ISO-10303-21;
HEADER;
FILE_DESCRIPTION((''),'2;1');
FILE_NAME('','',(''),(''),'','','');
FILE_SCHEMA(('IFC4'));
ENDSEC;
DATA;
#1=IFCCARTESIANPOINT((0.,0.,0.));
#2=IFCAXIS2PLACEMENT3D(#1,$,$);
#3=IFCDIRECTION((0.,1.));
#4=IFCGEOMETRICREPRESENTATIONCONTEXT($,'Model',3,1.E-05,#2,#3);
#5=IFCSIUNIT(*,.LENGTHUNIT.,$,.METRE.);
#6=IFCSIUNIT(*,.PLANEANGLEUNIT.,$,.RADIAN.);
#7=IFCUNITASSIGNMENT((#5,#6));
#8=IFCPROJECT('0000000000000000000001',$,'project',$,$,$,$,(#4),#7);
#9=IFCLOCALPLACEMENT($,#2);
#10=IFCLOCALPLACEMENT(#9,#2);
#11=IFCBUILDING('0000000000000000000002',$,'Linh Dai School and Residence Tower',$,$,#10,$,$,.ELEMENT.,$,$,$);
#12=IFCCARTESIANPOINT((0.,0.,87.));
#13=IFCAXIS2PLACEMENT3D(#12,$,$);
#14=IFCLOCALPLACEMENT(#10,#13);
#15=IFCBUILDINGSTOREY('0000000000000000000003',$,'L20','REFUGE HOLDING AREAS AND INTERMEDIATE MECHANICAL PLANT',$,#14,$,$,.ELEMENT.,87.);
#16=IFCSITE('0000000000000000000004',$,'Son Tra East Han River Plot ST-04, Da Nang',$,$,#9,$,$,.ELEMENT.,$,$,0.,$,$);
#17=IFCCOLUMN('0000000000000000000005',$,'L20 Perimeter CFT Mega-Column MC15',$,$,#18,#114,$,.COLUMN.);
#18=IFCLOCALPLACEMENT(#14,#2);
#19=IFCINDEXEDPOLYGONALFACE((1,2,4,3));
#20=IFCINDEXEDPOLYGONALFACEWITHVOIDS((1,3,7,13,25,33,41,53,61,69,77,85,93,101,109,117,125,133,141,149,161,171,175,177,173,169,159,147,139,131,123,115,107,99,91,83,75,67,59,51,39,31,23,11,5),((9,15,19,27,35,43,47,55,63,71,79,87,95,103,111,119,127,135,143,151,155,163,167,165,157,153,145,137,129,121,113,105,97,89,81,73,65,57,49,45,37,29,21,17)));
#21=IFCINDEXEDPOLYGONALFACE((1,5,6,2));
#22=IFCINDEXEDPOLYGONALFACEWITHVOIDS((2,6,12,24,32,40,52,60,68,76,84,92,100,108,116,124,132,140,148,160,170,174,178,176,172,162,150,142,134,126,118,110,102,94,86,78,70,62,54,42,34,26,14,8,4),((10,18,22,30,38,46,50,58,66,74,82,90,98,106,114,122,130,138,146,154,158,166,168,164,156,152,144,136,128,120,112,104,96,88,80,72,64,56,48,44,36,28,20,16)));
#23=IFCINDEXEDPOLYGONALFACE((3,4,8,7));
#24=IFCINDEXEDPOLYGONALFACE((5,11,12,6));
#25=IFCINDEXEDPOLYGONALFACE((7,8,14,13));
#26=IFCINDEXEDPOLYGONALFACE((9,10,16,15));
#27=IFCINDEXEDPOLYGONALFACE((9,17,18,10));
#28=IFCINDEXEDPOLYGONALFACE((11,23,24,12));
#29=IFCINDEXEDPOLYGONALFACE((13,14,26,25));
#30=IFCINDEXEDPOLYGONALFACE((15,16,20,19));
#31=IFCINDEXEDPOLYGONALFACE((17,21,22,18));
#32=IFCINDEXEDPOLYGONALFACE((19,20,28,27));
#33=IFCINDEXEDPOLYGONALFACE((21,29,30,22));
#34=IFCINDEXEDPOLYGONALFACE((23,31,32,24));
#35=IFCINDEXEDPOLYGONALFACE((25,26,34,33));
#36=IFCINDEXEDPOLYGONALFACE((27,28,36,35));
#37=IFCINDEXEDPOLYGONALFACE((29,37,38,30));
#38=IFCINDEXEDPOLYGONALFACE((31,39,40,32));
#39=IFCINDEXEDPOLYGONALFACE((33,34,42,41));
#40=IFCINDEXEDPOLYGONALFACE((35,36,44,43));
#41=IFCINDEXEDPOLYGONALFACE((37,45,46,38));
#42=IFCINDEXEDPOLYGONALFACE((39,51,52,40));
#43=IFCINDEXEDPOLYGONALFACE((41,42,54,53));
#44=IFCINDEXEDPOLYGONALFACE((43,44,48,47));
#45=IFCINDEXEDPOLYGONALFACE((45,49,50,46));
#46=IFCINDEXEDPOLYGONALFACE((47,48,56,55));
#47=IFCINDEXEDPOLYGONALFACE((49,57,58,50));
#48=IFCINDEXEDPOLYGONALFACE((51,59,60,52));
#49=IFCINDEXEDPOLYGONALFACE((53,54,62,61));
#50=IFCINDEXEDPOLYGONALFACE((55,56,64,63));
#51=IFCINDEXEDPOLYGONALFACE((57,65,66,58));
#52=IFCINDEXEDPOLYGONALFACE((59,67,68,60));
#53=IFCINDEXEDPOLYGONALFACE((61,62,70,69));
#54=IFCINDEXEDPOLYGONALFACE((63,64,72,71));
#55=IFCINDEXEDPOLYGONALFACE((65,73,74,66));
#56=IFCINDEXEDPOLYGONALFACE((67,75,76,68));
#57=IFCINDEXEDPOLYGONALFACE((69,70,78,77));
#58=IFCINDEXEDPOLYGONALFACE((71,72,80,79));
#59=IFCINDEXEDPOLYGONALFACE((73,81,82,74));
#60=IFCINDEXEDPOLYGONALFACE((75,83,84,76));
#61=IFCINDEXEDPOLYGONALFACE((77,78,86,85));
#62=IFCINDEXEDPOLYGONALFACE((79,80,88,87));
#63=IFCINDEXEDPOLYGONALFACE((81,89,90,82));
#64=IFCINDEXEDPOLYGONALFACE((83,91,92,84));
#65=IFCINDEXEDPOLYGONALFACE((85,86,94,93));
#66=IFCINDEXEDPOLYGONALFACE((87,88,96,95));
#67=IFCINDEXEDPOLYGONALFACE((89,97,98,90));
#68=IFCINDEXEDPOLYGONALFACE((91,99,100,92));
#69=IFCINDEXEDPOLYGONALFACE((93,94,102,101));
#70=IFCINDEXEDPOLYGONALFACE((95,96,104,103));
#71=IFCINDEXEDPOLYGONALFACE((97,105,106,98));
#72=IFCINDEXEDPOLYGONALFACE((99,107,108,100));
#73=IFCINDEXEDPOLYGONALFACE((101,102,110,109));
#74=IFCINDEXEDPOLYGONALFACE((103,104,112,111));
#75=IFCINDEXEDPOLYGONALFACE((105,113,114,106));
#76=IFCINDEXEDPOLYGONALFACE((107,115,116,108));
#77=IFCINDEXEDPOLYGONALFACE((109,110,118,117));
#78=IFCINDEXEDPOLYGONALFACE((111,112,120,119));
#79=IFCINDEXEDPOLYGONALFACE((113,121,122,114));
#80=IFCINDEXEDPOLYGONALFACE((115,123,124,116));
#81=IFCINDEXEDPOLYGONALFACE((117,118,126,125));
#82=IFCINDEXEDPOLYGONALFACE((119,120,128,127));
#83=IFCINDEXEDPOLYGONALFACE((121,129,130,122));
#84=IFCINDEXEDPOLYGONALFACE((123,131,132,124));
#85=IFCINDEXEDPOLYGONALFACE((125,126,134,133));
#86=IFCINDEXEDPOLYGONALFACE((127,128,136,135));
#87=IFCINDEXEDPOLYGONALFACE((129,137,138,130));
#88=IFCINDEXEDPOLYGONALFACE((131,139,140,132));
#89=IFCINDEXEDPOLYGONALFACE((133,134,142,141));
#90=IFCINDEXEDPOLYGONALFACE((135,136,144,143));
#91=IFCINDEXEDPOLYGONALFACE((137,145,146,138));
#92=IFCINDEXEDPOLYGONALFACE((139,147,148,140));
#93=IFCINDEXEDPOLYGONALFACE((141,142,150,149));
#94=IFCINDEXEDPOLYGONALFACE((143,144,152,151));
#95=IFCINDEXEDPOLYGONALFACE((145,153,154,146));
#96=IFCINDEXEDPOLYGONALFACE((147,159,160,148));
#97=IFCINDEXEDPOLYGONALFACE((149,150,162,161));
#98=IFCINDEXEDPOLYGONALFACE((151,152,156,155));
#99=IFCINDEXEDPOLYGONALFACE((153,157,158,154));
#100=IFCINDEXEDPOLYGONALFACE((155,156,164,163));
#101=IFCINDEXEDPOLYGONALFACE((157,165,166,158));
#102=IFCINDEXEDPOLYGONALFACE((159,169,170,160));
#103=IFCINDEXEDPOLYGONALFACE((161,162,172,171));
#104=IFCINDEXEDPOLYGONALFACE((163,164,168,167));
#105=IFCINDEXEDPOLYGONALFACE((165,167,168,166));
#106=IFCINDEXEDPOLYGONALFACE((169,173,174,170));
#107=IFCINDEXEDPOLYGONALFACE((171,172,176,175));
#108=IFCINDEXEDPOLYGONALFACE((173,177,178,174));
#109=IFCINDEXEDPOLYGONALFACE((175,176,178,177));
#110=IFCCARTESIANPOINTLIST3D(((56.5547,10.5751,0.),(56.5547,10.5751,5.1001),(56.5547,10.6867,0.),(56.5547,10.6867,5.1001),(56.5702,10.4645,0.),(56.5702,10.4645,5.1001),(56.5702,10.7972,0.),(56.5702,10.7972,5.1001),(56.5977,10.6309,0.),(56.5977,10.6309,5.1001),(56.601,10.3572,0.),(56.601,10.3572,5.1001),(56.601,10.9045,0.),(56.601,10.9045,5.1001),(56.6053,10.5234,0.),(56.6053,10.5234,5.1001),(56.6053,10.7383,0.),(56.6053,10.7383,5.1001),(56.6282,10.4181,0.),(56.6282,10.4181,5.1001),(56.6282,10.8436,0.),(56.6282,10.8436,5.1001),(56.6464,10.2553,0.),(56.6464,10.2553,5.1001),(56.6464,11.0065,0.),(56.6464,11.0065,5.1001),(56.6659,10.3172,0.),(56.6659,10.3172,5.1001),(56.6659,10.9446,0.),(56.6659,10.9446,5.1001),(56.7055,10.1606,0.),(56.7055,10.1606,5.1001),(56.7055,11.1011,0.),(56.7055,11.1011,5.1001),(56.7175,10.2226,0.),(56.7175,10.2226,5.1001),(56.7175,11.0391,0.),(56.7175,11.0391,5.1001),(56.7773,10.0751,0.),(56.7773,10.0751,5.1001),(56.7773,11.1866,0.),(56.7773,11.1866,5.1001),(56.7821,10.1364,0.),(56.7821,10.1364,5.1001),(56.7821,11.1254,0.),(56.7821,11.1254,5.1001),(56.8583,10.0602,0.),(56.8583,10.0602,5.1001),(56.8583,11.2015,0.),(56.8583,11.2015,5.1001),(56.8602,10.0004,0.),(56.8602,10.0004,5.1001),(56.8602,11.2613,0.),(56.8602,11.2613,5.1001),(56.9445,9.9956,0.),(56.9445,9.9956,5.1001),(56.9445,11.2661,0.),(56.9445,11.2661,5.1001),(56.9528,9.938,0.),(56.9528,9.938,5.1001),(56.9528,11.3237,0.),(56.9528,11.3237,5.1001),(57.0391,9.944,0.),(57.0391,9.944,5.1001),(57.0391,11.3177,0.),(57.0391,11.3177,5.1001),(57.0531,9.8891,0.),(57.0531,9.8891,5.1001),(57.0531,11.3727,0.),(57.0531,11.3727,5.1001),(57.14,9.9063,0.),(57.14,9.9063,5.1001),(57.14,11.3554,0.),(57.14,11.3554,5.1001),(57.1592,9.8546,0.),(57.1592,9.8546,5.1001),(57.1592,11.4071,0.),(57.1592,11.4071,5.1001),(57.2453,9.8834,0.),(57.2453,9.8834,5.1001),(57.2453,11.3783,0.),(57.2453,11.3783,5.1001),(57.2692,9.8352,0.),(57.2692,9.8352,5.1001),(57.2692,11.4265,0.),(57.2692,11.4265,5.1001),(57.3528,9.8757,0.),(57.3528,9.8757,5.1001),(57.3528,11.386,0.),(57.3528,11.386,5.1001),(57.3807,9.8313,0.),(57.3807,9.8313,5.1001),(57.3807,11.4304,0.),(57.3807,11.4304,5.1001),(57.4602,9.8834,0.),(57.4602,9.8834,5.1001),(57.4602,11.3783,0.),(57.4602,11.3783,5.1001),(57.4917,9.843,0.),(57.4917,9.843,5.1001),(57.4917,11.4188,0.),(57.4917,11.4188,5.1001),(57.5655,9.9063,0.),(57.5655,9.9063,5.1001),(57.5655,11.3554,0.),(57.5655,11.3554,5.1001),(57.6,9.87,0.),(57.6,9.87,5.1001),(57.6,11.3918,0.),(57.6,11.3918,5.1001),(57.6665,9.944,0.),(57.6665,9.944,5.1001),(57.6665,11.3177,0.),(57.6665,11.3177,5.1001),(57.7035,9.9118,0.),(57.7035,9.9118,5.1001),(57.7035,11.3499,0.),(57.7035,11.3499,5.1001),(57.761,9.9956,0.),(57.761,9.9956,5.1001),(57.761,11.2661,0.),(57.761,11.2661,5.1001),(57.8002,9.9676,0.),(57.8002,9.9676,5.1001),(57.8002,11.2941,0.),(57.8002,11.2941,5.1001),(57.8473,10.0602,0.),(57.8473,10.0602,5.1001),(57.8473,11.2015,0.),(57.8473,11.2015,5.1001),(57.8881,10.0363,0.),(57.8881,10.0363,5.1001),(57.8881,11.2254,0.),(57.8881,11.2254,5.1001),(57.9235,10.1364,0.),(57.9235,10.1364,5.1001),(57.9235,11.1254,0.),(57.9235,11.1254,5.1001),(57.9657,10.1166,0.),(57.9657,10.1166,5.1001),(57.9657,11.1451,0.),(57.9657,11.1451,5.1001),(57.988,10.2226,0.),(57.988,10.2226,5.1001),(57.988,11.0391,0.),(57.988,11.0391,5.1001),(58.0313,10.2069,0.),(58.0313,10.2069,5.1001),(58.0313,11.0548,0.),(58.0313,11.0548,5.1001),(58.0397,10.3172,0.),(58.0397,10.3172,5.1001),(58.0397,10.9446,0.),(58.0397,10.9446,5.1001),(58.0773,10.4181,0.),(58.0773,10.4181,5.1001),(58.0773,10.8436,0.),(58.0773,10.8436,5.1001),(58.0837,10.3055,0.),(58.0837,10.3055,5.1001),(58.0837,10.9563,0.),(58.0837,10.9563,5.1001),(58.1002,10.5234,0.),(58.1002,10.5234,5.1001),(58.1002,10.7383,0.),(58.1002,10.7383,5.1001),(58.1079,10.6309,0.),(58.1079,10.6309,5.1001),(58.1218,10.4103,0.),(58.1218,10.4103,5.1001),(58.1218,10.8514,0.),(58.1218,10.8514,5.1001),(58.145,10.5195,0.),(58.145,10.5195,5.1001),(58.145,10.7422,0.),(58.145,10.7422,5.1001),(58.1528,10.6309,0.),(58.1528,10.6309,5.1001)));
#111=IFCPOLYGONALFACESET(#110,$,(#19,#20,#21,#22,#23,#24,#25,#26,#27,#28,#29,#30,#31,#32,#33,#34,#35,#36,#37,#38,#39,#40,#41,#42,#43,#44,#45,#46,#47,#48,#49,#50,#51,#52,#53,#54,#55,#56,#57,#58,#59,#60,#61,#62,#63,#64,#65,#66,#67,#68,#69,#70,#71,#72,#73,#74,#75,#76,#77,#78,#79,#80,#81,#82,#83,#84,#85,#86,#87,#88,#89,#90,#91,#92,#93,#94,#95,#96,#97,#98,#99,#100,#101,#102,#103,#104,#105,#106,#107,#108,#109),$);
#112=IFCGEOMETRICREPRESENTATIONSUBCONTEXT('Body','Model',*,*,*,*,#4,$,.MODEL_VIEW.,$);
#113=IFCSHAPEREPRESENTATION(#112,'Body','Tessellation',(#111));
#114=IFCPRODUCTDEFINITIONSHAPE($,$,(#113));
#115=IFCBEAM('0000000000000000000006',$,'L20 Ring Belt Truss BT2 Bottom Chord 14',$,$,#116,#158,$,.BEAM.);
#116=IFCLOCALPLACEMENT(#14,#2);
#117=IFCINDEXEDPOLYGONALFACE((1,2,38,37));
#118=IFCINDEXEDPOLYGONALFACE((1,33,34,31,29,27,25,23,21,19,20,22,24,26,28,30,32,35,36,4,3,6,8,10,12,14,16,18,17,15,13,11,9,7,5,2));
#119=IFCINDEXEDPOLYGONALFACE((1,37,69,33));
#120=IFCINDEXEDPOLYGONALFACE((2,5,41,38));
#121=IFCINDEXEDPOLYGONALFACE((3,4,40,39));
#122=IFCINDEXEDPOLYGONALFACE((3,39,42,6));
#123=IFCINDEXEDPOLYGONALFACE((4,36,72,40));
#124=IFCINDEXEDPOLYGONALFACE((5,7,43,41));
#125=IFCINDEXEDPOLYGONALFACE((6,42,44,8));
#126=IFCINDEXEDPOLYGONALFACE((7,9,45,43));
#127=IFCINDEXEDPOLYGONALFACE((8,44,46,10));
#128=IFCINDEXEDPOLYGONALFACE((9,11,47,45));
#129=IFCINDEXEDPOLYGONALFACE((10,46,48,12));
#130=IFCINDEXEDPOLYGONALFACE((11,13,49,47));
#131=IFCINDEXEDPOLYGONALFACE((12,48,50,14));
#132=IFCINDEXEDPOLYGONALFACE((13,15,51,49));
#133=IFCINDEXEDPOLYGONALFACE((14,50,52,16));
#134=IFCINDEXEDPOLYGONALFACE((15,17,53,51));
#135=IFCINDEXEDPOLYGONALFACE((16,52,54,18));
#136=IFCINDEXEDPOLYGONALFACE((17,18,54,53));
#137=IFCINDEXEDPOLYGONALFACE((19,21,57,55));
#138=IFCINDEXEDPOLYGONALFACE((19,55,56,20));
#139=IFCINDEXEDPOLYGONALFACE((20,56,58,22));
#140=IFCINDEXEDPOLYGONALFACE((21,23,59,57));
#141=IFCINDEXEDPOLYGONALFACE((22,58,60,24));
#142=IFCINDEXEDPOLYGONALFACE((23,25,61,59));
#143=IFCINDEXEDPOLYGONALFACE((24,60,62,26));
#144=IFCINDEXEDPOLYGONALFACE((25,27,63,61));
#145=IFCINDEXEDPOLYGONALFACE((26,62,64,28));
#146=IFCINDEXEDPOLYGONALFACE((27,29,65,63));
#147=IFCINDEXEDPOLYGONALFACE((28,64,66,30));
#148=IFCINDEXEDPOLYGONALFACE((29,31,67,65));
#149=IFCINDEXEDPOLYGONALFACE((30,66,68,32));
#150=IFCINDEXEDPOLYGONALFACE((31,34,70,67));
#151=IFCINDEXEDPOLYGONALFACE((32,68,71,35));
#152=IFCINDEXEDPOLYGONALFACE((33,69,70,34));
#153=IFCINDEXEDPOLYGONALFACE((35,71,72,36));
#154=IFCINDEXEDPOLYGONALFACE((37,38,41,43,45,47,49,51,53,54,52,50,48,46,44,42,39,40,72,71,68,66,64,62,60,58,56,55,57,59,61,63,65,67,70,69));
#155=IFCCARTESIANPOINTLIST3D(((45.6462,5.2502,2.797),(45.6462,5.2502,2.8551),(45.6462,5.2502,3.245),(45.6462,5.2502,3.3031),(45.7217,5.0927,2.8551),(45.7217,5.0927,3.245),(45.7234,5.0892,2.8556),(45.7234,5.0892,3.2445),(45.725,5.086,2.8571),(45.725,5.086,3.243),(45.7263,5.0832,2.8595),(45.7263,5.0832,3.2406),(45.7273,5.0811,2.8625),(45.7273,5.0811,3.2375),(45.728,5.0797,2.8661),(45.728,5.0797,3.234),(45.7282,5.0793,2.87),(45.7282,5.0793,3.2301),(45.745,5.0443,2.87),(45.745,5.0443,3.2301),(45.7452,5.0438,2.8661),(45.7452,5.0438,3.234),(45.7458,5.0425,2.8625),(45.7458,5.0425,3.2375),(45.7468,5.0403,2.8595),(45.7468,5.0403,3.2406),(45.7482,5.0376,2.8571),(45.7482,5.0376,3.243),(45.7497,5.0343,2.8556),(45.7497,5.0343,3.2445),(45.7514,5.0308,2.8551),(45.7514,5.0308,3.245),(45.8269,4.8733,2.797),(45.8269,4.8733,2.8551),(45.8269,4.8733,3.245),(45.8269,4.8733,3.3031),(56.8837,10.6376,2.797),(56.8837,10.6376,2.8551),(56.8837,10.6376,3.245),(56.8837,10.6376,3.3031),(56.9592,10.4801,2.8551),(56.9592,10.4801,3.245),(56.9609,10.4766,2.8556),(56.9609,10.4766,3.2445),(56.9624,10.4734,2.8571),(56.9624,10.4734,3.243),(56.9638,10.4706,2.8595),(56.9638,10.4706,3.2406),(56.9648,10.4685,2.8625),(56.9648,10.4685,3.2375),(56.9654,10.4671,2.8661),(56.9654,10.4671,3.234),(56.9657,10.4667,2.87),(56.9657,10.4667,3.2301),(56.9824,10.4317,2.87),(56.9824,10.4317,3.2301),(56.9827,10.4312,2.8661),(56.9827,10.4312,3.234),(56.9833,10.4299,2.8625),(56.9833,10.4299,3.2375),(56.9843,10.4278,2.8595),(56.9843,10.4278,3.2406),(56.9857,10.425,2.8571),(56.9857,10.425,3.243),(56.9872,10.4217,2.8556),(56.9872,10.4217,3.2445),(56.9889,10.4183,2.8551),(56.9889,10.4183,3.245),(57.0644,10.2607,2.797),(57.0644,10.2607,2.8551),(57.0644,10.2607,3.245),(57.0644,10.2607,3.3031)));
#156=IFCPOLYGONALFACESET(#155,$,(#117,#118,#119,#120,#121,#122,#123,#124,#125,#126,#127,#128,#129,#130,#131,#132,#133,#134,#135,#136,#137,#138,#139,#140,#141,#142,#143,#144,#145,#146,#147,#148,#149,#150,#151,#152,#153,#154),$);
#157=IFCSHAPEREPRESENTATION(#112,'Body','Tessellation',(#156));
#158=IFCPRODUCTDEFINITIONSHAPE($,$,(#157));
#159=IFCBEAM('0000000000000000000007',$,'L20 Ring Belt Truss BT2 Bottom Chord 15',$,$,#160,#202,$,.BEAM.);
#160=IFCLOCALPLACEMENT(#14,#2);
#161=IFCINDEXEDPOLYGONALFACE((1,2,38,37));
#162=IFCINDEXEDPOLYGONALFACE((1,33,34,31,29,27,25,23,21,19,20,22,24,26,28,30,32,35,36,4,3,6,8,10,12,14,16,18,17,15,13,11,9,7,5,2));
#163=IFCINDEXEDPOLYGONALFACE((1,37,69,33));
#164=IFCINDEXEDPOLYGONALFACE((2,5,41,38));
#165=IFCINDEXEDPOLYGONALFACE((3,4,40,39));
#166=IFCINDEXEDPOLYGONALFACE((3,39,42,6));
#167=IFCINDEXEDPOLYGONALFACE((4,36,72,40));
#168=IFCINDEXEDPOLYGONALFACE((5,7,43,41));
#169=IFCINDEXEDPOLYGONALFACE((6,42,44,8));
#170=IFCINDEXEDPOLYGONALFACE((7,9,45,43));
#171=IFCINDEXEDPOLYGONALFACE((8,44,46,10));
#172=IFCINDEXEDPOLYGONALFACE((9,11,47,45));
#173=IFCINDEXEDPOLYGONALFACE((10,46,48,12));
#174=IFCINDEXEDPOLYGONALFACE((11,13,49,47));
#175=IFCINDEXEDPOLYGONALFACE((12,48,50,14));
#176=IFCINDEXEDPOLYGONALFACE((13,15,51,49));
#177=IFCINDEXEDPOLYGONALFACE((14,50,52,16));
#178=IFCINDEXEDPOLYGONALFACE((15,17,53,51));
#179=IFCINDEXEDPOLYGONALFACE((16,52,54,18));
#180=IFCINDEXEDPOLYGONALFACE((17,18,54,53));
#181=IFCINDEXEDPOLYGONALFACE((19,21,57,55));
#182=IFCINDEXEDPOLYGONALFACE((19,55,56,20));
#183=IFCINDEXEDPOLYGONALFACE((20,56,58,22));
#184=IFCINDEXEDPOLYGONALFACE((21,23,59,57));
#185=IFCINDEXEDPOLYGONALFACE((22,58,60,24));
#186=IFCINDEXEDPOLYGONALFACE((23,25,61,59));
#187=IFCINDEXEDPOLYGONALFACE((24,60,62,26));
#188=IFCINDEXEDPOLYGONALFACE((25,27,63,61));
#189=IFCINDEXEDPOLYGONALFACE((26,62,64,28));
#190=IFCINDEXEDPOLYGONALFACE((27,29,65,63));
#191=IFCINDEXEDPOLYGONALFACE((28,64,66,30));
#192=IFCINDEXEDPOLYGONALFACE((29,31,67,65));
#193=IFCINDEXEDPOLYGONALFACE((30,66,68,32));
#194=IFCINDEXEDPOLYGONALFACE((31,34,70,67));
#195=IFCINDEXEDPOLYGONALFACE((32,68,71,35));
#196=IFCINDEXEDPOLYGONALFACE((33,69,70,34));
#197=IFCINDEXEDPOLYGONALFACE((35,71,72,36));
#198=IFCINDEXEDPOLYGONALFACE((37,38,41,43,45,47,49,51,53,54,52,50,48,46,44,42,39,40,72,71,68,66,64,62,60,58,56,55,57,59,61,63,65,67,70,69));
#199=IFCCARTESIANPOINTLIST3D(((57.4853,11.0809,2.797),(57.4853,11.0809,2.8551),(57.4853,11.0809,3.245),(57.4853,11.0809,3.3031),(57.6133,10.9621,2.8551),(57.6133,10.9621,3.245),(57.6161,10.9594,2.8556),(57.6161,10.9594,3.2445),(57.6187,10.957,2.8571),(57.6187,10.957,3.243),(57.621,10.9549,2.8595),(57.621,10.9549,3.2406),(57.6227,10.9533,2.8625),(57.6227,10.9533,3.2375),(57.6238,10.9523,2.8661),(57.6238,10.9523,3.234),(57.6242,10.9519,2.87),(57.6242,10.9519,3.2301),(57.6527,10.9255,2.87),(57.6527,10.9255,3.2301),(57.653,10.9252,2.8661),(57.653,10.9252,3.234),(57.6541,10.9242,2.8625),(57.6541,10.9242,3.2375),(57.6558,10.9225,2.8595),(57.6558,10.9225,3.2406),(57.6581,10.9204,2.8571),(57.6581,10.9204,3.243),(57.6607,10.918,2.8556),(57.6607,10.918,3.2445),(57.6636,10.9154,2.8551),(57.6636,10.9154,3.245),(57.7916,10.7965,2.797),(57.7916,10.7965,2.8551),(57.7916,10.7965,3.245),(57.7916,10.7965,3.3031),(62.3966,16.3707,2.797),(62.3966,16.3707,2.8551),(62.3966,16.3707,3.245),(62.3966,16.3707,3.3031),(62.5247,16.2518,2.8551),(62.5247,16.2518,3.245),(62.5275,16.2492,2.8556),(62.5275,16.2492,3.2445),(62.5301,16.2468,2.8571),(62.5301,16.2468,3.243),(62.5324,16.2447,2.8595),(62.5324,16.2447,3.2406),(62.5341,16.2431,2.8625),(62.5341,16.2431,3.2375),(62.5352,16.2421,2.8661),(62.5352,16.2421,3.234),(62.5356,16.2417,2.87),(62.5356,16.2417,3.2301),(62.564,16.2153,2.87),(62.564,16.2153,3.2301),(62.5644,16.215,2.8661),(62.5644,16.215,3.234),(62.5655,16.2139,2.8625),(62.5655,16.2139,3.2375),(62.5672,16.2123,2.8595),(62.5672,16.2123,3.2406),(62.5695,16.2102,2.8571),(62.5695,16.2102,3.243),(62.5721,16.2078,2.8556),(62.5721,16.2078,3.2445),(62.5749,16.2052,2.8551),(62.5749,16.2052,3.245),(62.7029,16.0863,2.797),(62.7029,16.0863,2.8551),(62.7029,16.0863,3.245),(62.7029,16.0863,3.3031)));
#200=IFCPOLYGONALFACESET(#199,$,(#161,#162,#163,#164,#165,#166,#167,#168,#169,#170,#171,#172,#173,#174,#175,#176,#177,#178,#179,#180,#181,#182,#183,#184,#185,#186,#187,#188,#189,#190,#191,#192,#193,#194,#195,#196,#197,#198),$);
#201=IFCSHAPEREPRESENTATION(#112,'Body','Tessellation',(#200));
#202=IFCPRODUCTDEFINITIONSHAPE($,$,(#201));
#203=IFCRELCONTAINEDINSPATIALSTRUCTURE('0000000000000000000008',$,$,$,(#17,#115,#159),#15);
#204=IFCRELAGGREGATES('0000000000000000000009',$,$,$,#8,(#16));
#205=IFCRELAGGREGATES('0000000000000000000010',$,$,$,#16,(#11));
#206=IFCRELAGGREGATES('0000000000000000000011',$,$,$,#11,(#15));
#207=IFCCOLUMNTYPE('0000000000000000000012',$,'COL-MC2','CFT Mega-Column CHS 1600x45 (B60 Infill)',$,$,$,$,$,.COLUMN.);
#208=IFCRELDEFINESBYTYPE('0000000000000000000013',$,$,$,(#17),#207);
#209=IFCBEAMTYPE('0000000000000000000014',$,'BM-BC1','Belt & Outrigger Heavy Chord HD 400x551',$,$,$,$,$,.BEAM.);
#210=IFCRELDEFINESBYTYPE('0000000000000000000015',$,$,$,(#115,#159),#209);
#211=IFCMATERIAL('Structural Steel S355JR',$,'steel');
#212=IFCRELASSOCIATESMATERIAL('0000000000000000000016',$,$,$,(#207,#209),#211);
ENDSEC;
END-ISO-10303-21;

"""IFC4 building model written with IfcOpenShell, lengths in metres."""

from ifc_helpers import new_model, si_unit, direction, frame, origin, origin_2d, place, context, subcontext, project, spatial, hollow_circle, i_section, extrude, material, material_profile, profile_set, type_object, element, save


model = new_model("IFC4")

# Units and contexts
model_context = context("Model", 3, precision=1e-05, world=origin(), true_north=direction((0.0, 1.0)))
body_context = subcontext(model_context, "Body", "Model", "MODEL_VIEW")
ifc_project = project(units=[si_unit("LENGTHUNIT", "METRE"), si_unit("PLANEANGLEUNIT", "RADIAN")], contexts=[model_context])

# Site, building, storey
site_placement = place(None, origin())
site = spatial("IfcSite", under=ifc_project, at=site_placement, Name="Son Tra East Han River Plot ST-04, Da Nang", CompositionType="ELEMENT", RefElevation=0.0)
building_placement = place(site_placement, origin())
building = spatial("IfcBuilding", under=site, at=building_placement, Name="Linh Dai School and Residence Tower", CompositionType="ELEMENT")
storey_placement = place(building_placement, frame((0.0, 0.0, 87.0)))
storey = spatial("IfcBuildingStorey", under=building, at=storey_placement, Name="L20", Description="REFUGE HOLDING AREAS AND INTERMEDIATE MECHANICAL PLANT", CompositionType="ELEMENT", Elevation=87.0)

# Column
ifc_material_1 = material(Name="Structural Steel S355JR", Category="steel")
ifc_material_profile_1 = material_profile(ifc_material_1, hollow_circle(Radius=0.8, WallThickness=0.0449, at=origin_2d()), Name="CHS 1600x45")
ifc_profile_set_1 = profile_set([ifc_material_profile_1], Name="Structural Steel S355JR")
column_type = type_object("IfcColumnType", Name="COL-MC2", Description="CFT Mega-Column CHS 1600x45 (B60 Infill)", PredefinedType="COLUMN", material=ifc_profile_set_1)
column_placement = place(storey_placement, frame((57.3528, 10.6309, 0.0), z_axis=(0.0, 0.0, 1.0), x_axis=(1.0, 0.0, 0.0)))
element("IfcColumn", 1, at=column_placement, inside=storey, type_object=column_type, Name="L20 Perimeter CFT Mega-Column MC15", PredefinedType="COLUMN", context=body_context, shape_type="SweptSolid", body=[
    extrude(hollow_circle(Radius=0.8, WallThickness=0.0449, at=origin_2d()), origin(), (0.0, 0.0, 1.0), 5.1001),
])

# Beams
ifc_material_profile_2 = material_profile(ifc_material_1, i_section(OverallWidth=0.418, OverallDepth=0.5061, WebThickness=0.0388, FlangeThickness=0.0581, FilletRadius=0.0149, at=origin_2d()), Name="HD 400x551")
ifc_profile_set_2 = profile_set([ifc_material_profile_2], Name="Structural Steel S355JR")
beam_type_1 = type_object("IfcBeamType", Name="BM-BC1", Description="Belt & Outrigger Heavy Chord HD 400x551", PredefinedType="BEAM", material=ifc_profile_set_2)
beam_1_placement = place(storey_placement, frame((45.7366, 5.0618, 3.05), z_axis=(0.901729, 0.432302, 0.0), x_axis=(-0.432302, 0.901729, 0.0)))
element("IfcBeam", 2, at=beam_1_placement, inside=storey, type_object=beam_type_1, Name="L20 Ring Belt Truss BT2 Bottom Chord 14", PredefinedType="BEAM", context=body_context, shape_type="SweptSolid", body=[
    extrude(i_section(OverallWidth=0.418, OverallDepth=0.5061, WebThickness=0.0388, FlangeThickness=0.0581, FilletRadius=0.0149, at=origin_2d()), origin(), (0.0, 0.0, 1.0), 12.4622),
])
beam_2_placement = place(storey_placement, frame((57.6384, 10.9387, 3.05), z_axis=(0.680408, 0.732833, 0.0), x_axis=(-0.732833, 0.680408, 0.0)))
element("IfcBeam", 3, at=beam_2_placement, inside=storey, type_object=beam_type_1, Name="L20 Ring Belt Truss BT2 Bottom Chord 15", PredefinedType="BEAM", context=body_context, shape_type="SweptSolid", body=[
    extrude(i_section(OverallWidth=0.418, OverallDepth=0.5061, WebThickness=0.0388, FlangeThickness=0.0581, FilletRadius=0.0149, at=origin_2d()), origin(), (0.0, 0.0, 1.0), 7.2183),
])

save(model, "model.ifc")
